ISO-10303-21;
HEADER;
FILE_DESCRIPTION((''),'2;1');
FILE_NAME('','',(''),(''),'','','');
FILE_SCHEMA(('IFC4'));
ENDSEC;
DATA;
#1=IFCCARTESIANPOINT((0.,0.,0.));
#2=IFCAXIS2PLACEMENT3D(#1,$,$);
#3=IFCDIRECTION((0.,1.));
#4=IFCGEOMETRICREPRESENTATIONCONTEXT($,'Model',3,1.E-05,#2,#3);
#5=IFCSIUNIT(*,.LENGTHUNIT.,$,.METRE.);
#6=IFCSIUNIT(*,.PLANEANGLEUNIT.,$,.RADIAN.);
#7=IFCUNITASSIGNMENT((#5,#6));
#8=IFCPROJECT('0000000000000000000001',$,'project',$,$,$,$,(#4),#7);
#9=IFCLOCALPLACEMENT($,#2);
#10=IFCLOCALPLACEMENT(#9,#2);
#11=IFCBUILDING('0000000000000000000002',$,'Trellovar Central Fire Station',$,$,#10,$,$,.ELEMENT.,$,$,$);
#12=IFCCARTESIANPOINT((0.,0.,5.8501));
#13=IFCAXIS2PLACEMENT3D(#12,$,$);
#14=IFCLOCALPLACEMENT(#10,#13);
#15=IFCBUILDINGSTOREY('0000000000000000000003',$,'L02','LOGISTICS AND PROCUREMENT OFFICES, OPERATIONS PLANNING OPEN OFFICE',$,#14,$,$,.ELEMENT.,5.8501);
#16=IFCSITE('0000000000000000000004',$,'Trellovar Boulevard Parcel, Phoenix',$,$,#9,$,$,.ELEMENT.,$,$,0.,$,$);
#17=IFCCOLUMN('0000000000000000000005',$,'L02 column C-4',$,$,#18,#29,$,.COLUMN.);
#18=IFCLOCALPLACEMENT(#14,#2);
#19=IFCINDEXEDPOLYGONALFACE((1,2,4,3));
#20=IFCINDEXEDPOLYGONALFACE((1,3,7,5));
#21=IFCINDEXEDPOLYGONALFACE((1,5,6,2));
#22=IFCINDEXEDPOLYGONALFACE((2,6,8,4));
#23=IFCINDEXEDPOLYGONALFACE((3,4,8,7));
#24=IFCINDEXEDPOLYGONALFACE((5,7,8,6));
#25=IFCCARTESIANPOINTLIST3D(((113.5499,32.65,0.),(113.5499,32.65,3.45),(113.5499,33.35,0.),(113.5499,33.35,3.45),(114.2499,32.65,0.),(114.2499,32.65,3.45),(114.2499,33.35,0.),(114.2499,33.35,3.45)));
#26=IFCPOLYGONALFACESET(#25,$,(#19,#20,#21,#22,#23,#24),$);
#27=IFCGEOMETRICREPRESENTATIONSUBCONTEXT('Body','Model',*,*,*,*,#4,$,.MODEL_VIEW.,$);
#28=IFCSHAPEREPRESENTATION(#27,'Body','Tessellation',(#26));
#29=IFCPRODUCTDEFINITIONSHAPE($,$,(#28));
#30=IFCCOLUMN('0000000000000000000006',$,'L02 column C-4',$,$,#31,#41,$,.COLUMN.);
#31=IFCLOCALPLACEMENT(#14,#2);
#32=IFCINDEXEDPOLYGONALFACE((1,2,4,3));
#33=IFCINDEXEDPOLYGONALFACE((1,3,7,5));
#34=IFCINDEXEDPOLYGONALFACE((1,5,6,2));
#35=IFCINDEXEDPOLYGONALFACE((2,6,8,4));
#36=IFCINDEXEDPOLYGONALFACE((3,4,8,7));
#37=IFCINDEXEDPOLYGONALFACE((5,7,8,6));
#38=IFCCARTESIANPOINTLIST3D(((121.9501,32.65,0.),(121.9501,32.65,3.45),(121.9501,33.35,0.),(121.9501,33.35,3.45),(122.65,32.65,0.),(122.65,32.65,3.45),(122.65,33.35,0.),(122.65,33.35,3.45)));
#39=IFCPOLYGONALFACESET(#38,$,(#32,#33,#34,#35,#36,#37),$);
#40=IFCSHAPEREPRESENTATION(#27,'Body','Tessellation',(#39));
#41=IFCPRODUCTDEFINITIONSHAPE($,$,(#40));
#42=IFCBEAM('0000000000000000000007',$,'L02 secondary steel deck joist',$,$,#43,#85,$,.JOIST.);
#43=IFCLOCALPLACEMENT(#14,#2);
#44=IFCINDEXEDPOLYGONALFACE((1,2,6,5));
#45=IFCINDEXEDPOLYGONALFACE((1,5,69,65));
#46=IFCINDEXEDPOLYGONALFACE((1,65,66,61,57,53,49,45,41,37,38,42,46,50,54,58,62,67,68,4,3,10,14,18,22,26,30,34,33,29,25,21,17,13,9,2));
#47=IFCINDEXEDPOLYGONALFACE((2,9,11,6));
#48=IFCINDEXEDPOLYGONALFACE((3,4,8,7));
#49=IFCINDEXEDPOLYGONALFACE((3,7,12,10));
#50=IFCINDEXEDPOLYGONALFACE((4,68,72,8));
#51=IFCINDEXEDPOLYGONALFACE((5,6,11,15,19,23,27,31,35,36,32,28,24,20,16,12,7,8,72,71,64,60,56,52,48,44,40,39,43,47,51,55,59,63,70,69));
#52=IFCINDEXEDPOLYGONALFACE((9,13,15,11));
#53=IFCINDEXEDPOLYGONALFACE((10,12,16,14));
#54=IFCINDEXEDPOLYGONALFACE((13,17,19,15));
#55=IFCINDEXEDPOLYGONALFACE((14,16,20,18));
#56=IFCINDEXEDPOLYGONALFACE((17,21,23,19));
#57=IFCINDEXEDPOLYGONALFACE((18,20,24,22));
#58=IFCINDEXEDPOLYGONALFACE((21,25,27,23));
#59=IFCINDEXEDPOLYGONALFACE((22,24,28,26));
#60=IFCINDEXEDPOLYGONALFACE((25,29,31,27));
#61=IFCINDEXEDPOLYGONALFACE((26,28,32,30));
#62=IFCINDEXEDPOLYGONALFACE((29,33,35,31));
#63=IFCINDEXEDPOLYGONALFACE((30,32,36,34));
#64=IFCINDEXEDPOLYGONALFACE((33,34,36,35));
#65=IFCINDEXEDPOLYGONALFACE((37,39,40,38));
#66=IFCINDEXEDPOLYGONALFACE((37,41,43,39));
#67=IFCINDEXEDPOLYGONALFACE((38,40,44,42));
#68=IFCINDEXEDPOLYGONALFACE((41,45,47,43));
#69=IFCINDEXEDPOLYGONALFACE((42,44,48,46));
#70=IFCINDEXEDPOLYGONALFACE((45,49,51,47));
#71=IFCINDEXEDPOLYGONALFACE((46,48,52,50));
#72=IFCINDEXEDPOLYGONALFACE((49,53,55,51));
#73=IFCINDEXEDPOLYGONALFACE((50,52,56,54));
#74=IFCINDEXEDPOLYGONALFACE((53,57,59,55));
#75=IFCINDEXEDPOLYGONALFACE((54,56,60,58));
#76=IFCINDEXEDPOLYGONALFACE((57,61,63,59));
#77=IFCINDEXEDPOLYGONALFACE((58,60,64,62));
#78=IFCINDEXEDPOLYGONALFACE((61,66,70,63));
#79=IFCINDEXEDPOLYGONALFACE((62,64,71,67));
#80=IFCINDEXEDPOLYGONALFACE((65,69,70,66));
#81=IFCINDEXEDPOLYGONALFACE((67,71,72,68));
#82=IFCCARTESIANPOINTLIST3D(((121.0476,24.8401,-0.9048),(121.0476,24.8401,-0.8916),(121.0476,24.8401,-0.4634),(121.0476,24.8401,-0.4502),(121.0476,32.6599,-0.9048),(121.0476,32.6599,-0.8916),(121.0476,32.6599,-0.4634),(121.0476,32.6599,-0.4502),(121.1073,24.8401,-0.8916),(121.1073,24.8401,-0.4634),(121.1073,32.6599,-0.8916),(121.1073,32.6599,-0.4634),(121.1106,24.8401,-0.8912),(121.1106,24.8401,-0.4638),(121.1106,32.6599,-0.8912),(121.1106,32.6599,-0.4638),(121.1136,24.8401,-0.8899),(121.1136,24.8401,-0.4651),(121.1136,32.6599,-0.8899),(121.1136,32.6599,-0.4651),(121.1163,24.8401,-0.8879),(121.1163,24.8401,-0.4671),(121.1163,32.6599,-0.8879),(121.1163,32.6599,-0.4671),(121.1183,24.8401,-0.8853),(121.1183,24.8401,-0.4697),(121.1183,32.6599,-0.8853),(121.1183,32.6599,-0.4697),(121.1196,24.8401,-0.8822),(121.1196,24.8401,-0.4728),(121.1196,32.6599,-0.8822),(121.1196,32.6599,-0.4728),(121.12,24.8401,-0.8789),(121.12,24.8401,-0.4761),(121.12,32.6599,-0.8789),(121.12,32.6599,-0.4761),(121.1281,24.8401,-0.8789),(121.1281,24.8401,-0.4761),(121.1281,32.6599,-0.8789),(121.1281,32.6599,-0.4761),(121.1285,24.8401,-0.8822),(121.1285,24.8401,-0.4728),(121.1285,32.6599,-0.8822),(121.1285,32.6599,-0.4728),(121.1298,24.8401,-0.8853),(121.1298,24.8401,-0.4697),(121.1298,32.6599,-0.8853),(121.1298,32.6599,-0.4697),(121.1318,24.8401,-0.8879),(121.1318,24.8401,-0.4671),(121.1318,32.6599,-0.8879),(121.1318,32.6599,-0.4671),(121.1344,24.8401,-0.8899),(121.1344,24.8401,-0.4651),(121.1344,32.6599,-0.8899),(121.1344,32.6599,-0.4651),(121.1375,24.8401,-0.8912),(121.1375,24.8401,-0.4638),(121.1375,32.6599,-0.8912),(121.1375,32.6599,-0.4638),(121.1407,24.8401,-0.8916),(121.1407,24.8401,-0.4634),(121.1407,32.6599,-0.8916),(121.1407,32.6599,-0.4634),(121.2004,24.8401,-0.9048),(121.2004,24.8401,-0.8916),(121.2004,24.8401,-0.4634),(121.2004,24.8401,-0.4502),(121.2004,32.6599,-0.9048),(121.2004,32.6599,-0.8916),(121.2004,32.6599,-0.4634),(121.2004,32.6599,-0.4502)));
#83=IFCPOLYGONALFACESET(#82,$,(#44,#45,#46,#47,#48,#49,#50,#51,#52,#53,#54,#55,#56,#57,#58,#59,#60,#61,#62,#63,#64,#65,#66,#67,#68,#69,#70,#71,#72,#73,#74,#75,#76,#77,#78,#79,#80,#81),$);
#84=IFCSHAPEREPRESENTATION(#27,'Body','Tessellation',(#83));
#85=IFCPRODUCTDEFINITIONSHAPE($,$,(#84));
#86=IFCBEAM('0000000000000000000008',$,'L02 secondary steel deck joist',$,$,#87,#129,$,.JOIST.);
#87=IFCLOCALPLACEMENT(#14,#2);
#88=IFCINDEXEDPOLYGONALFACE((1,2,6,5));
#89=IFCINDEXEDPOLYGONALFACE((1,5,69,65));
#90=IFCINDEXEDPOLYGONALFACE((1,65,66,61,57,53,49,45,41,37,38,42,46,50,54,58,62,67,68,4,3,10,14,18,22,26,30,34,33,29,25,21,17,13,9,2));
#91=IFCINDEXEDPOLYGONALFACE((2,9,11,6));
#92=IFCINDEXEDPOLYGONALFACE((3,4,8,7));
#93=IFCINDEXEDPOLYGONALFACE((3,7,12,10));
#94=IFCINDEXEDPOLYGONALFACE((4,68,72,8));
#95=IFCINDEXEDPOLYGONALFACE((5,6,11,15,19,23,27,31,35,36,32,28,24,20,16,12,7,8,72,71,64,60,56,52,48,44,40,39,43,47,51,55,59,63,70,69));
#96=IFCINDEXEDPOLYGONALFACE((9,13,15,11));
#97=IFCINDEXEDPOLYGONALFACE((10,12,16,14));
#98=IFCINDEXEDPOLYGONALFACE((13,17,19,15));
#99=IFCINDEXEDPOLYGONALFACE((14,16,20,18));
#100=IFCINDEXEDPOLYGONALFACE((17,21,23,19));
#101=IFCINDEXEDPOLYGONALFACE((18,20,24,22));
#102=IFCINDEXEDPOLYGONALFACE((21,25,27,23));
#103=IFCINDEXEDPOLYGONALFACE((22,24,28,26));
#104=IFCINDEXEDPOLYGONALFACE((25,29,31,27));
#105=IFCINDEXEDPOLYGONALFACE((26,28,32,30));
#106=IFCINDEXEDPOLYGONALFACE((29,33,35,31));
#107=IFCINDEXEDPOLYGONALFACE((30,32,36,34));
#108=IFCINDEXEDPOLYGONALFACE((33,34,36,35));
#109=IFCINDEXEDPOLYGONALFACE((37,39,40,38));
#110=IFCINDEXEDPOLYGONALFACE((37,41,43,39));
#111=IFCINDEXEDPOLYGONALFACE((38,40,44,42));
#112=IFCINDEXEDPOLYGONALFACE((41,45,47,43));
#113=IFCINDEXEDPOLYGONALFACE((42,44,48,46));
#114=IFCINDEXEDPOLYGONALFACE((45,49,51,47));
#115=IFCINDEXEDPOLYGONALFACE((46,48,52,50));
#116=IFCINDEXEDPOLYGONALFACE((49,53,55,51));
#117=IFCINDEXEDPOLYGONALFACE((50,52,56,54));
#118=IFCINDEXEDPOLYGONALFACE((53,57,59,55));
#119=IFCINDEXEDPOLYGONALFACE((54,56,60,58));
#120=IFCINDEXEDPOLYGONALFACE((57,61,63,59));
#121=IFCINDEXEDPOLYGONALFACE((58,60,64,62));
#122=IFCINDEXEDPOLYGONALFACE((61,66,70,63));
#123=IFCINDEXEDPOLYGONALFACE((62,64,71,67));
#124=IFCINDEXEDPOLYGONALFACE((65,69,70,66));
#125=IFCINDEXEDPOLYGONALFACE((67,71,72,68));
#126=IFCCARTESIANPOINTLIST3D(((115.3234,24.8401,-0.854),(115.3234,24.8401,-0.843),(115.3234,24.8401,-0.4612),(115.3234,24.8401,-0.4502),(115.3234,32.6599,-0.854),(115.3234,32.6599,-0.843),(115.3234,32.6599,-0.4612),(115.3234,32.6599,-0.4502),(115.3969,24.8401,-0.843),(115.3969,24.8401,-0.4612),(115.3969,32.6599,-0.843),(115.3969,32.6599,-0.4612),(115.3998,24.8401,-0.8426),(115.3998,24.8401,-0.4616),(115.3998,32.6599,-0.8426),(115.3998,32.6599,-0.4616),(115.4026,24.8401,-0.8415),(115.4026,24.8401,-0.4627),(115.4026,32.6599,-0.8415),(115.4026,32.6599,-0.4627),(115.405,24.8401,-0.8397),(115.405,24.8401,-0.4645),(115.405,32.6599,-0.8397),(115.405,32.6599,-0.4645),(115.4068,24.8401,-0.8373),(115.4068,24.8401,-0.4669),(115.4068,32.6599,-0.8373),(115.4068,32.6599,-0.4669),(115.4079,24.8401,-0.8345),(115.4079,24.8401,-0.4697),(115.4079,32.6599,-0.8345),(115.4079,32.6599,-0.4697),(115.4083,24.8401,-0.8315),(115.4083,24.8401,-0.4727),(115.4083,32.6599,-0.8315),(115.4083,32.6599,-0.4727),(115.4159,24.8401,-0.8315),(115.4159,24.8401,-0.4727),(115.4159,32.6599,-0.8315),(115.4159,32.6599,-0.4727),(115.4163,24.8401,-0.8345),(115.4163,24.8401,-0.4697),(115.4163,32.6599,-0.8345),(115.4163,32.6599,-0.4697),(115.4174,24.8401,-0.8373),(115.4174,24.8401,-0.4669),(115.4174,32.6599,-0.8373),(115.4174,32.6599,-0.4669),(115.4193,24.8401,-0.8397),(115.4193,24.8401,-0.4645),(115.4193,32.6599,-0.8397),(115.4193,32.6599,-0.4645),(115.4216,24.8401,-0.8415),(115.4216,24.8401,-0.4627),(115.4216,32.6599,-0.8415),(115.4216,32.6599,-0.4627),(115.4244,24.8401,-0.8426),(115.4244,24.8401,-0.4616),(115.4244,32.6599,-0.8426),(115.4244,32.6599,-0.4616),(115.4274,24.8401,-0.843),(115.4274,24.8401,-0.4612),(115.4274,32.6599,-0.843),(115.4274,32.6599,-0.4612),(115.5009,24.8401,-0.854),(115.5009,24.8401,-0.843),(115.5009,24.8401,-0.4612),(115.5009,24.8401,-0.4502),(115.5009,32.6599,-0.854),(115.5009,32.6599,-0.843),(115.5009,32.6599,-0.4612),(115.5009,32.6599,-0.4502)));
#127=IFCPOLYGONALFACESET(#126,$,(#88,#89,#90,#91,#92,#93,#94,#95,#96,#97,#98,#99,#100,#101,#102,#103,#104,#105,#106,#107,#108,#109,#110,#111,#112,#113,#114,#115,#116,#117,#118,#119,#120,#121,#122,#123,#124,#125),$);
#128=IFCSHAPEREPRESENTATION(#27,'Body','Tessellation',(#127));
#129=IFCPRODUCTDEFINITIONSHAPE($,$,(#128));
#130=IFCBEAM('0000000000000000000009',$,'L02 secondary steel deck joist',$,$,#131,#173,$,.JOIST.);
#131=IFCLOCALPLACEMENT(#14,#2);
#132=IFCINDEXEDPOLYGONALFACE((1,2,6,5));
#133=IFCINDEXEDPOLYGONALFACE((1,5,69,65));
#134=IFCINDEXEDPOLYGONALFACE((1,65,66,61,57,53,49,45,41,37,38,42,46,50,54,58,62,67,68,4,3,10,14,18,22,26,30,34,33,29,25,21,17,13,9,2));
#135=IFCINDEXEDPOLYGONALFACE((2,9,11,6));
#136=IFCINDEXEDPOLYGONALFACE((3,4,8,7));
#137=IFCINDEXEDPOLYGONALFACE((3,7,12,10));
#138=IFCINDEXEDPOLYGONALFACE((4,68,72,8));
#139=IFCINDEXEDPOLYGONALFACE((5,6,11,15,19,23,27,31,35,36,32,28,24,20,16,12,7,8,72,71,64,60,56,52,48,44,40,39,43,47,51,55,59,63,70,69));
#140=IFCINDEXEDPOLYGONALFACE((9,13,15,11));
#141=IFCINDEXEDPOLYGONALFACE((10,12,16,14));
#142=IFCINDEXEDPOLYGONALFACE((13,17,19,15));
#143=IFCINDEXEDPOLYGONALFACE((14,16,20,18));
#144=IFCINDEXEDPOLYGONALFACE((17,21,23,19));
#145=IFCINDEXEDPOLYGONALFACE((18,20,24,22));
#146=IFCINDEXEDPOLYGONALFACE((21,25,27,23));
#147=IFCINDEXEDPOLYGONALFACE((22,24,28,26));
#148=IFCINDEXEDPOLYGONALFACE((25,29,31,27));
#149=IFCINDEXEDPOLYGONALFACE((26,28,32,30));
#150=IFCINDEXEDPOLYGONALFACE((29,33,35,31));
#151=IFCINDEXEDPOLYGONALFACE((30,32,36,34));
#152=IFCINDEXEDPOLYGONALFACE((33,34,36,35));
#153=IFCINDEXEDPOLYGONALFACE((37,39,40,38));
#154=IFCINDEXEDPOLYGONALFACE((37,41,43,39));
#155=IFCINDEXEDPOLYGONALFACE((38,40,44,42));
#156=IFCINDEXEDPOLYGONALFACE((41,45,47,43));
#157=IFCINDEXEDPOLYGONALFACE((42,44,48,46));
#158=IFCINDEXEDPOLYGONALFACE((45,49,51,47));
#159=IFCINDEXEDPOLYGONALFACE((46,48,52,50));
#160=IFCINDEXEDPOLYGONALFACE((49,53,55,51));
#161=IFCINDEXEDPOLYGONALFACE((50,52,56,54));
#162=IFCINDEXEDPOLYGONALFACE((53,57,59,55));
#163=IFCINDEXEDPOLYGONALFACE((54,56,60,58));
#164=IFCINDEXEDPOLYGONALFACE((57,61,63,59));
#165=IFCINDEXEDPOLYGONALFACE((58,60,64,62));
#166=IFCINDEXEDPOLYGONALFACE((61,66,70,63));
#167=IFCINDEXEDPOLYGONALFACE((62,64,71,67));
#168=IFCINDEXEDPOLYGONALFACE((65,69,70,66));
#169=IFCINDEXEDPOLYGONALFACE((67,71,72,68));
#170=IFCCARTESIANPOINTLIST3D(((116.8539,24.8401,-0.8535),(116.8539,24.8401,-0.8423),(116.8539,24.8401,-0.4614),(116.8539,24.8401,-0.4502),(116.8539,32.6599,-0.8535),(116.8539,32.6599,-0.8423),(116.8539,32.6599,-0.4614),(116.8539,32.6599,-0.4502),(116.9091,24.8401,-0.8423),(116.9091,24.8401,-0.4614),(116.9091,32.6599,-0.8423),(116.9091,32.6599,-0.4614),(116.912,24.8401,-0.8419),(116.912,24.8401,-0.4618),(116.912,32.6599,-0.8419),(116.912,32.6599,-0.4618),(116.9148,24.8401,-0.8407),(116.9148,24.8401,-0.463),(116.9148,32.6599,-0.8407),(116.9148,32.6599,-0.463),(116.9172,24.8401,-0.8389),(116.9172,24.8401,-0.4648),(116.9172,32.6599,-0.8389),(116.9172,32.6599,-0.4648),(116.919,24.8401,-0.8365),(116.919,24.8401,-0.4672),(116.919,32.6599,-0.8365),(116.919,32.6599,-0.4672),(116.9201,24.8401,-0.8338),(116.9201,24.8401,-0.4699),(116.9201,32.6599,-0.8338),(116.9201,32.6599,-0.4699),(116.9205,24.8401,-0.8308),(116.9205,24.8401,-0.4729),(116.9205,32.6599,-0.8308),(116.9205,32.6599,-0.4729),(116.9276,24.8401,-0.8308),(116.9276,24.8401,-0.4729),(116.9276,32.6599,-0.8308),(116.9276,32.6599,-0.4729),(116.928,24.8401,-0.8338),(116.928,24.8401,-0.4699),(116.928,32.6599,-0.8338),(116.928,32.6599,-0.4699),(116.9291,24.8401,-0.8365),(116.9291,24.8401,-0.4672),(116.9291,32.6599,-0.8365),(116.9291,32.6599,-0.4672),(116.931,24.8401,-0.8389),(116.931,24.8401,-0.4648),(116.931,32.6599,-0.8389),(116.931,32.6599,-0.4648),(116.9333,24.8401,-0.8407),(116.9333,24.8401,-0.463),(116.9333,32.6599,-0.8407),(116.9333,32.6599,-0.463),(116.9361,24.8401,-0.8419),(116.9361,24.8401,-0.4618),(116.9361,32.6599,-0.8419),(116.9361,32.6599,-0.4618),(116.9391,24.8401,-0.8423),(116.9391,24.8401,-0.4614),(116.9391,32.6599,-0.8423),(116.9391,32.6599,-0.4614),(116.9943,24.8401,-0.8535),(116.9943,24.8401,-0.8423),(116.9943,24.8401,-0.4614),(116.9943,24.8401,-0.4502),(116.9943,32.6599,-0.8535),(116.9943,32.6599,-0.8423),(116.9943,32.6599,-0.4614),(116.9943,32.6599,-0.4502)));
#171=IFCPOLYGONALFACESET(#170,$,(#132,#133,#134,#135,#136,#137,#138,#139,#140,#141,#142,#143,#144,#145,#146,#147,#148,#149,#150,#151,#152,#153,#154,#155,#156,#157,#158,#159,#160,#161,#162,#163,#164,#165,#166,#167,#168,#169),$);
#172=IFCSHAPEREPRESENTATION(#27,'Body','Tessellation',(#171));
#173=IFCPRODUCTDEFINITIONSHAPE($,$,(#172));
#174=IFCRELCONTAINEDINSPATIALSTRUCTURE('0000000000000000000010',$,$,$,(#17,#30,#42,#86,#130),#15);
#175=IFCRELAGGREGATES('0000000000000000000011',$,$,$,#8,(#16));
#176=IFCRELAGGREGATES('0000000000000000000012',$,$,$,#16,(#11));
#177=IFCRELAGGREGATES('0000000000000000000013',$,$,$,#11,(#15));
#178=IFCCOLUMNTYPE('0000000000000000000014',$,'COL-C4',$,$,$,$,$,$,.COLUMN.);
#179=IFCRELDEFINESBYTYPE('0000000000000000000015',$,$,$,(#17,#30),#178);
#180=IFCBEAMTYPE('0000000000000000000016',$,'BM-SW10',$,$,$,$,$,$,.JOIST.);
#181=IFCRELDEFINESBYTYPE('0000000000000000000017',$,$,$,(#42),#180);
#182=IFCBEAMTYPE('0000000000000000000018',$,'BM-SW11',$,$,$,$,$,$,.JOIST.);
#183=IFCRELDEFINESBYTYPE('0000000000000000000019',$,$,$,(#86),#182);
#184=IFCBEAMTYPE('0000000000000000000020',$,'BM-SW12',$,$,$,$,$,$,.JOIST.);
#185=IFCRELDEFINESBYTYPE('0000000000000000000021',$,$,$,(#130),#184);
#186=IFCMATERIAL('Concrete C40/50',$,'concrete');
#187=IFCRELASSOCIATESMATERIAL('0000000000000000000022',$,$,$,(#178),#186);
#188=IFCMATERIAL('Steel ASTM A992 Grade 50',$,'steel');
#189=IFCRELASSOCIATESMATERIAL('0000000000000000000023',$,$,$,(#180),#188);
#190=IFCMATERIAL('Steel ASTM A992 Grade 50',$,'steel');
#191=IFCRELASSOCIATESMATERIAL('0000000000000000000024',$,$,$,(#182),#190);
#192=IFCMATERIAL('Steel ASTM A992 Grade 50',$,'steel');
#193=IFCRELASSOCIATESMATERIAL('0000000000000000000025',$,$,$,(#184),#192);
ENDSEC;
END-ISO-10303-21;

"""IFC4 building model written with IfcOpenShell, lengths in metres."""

from ifc_helpers import new_model, si_unit, direction, frame, origin, origin_2d, place, context, subcontext, project, spatial, rectangle, i_section, extrude, material, material_profile, profile_set, type_object, element, save


model = new_model("IFC4")

# Units and contexts
model_context = context("Model", 3, precision=1e-05, world=origin(), true_north=direction((0.0, 1.0)))
body_context = subcontext(model_context, "Body", "Model", "MODEL_VIEW")
ifc_project = project(units=[si_unit("LENGTHUNIT", "METRE"), si_unit("PLANEANGLEUNIT", "RADIAN")], contexts=[model_context])

# Site, building, storey
site_placement = place(None, origin())
site = spatial("IfcSite", under=ifc_project, at=site_placement, Name="Trellovar Boulevard Parcel, Phoenix", CompositionType="ELEMENT", RefElevation=0.0)
building_placement = place(site_placement, origin())
building = spatial("IfcBuilding", under=site, at=building_placement, Name="Trellovar Central Fire Station", CompositionType="ELEMENT")
storey_placement = place(building_placement, frame((0.0, 0.0, 5.8501)))
storey = spatial("IfcBuildingStorey", under=building, at=storey_placement, Name="L02", Description="LOGISTICS AND PROCUREMENT OFFICES, OPERATIONS PLANNING OPEN OFFICE", CompositionType="ELEMENT", Elevation=5.8501)

# Columns
ifc_material_1 = material(Name="Concrete C40/50", Category="concrete")
ifc_material_profile_1 = material_profile(ifc_material_1, rectangle(XDim=0.7, YDim=0.7, at=origin_2d()), Name="RC700X700")
ifc_profile_set_1 = profile_set([ifc_material_profile_1], Name="Concrete C40/50")
column_type = type_object("IfcColumnType", Name="COL-C4", PredefinedType="COLUMN", material=ifc_profile_set_1)
for number, where, z_axis, x_axis, name in (
    (1, (113.8999, 33.0, 0.0), (0.0, 0.0, 1.0), (1.0, 0.0, 0.0), "L02 column C-4"),
    (2, (122.3, 33.0, 0.0), (0.0, 0.0, 1.0), (1.0, 0.0, 0.0), "L02 column C-4"),
):
    element("IfcColumn", number, at=place(storey_placement, frame(where, z_axis=z_axis, x_axis=x_axis)), inside=storey, type_object=column_type, Name=name, PredefinedType="COLUMN", context=body_context, shape_type="SweptSolid", body=[
        extrude(rectangle(XDim=0.7, YDim=0.7, at=origin_2d()), origin(), (0.0, 0.0, 1.0), 3.45),
    ])

# Beams
ifc_material_2 = material(Name="Steel ASTM A992 Grade 50", Category="steel")
ifc_material_profile_2 = material_profile(ifc_material_2, i_section(OverallWidth=0.1528, OverallDepth=0.4546, WebThickness=0.0081, FlangeThickness=0.0132, FilletRadius=0.0127, at=origin_2d()), Name="W18X40")
ifc_profile_set_2 = profile_set([ifc_material_profile_2], Name="Steel ASTM A992 Grade 50")
beam_type_1 = type_object("IfcBeamType", Name="BM-SW10", PredefinedType="JOIST", material=ifc_profile_set_2)
beam_1_placement = place(storey_placement, frame((121.124, 24.8401, -0.6775), z_axis=(0.0, 1.0, 0.0), x_axis=(-1.0, 0.0, 0.0)))
element("IfcBeam", 3, at=beam_1_placement, inside=storey, type_object=beam_type_1, Name="L02 secondary steel deck joist", PredefinedType="JOIST", context=body_context, shape_type="SweptSolid", body=[
    extrude(i_section(OverallWidth=0.1528, OverallDepth=0.4546, WebThickness=0.0081, FlangeThickness=0.0132, FilletRadius=0.0127, at=origin_2d()), origin(), (0.0, 0.0, 1.0), 7.8198),
])
ifc_material_3 = material(Name="Steel ASTM A992 Grade 50", Category="steel")
ifc_material_profile_3 = material_profile(ifc_material_3, i_section(OverallWidth=0.1775, OverallDepth=0.4038, WebThickness=0.0076, FlangeThickness=0.011, FilletRadius=0.0115, at=origin_2d()), Name="W16X36")
ifc_profile_set_3 = profile_set([ifc_material_profile_3], Name="Steel ASTM A992 Grade 50")
beam_type_2 = type_object("IfcBeamType", Name="BM-SW11", PredefinedType="JOIST", material=ifc_profile_set_3)
beam_2_placement = place(storey_placement, frame((115.4121, 24.8401, -0.6521), z_axis=(0.0, 1.0, 0.0), x_axis=(-1.0, 0.0, 0.0)))
element("IfcBeam", 4, at=beam_2_placement, inside=storey, type_object=beam_type_2, Name="L02 secondary steel deck joist", PredefinedType="JOIST", context=body_context, shape_type="SweptSolid", body=[
    extrude(i_section(OverallWidth=0.1775, OverallDepth=0.4038, WebThickness=0.0076, FlangeThickness=0.011, FilletRadius=0.0115, at=origin_2d()), origin(), (0.0, 0.0, 1.0), 7.8198),
])
ifc_material_4 = material(Name="Steel ASTM A992 Grade 50", Category="steel")
ifc_material_profile_4 = material_profile(ifc_material_4, i_section(OverallWidth=0.1404, OverallDepth=0.4033, WebThickness=0.0071, FlangeThickness=0.0112, FilletRadius=0.0115, at=origin_2d()), Name="W16X31")
ifc_profile_set_4 = profile_set([ifc_material_profile_4], Name="Steel ASTM A992 Grade 50")
beam_type_3 = type_object("IfcBeamType", Name="BM-SW12", PredefinedType="JOIST", material=ifc_profile_set_4)
beam_3_placement = place(storey_placement, frame((116.9241, 24.8401, -0.6519), z_axis=(0.0, 1.0, 0.0), x_axis=(-1.0, 0.0, 0.0)))
element("IfcBeam", 5, at=beam_3_placement, inside=storey, type_object=beam_type_3, Name="L02 secondary steel deck joist", PredefinedType="JOIST", context=body_context, shape_type="SweptSolid", body=[
    extrude(i_section(OverallWidth=0.1404, OverallDepth=0.4033, WebThickness=0.0071, FlangeThickness=0.0112, FilletRadius=0.0115, at=origin_2d()), origin(), (0.0, 0.0, 1.0), 7.8198),
])

save(model, "model.ifc")
